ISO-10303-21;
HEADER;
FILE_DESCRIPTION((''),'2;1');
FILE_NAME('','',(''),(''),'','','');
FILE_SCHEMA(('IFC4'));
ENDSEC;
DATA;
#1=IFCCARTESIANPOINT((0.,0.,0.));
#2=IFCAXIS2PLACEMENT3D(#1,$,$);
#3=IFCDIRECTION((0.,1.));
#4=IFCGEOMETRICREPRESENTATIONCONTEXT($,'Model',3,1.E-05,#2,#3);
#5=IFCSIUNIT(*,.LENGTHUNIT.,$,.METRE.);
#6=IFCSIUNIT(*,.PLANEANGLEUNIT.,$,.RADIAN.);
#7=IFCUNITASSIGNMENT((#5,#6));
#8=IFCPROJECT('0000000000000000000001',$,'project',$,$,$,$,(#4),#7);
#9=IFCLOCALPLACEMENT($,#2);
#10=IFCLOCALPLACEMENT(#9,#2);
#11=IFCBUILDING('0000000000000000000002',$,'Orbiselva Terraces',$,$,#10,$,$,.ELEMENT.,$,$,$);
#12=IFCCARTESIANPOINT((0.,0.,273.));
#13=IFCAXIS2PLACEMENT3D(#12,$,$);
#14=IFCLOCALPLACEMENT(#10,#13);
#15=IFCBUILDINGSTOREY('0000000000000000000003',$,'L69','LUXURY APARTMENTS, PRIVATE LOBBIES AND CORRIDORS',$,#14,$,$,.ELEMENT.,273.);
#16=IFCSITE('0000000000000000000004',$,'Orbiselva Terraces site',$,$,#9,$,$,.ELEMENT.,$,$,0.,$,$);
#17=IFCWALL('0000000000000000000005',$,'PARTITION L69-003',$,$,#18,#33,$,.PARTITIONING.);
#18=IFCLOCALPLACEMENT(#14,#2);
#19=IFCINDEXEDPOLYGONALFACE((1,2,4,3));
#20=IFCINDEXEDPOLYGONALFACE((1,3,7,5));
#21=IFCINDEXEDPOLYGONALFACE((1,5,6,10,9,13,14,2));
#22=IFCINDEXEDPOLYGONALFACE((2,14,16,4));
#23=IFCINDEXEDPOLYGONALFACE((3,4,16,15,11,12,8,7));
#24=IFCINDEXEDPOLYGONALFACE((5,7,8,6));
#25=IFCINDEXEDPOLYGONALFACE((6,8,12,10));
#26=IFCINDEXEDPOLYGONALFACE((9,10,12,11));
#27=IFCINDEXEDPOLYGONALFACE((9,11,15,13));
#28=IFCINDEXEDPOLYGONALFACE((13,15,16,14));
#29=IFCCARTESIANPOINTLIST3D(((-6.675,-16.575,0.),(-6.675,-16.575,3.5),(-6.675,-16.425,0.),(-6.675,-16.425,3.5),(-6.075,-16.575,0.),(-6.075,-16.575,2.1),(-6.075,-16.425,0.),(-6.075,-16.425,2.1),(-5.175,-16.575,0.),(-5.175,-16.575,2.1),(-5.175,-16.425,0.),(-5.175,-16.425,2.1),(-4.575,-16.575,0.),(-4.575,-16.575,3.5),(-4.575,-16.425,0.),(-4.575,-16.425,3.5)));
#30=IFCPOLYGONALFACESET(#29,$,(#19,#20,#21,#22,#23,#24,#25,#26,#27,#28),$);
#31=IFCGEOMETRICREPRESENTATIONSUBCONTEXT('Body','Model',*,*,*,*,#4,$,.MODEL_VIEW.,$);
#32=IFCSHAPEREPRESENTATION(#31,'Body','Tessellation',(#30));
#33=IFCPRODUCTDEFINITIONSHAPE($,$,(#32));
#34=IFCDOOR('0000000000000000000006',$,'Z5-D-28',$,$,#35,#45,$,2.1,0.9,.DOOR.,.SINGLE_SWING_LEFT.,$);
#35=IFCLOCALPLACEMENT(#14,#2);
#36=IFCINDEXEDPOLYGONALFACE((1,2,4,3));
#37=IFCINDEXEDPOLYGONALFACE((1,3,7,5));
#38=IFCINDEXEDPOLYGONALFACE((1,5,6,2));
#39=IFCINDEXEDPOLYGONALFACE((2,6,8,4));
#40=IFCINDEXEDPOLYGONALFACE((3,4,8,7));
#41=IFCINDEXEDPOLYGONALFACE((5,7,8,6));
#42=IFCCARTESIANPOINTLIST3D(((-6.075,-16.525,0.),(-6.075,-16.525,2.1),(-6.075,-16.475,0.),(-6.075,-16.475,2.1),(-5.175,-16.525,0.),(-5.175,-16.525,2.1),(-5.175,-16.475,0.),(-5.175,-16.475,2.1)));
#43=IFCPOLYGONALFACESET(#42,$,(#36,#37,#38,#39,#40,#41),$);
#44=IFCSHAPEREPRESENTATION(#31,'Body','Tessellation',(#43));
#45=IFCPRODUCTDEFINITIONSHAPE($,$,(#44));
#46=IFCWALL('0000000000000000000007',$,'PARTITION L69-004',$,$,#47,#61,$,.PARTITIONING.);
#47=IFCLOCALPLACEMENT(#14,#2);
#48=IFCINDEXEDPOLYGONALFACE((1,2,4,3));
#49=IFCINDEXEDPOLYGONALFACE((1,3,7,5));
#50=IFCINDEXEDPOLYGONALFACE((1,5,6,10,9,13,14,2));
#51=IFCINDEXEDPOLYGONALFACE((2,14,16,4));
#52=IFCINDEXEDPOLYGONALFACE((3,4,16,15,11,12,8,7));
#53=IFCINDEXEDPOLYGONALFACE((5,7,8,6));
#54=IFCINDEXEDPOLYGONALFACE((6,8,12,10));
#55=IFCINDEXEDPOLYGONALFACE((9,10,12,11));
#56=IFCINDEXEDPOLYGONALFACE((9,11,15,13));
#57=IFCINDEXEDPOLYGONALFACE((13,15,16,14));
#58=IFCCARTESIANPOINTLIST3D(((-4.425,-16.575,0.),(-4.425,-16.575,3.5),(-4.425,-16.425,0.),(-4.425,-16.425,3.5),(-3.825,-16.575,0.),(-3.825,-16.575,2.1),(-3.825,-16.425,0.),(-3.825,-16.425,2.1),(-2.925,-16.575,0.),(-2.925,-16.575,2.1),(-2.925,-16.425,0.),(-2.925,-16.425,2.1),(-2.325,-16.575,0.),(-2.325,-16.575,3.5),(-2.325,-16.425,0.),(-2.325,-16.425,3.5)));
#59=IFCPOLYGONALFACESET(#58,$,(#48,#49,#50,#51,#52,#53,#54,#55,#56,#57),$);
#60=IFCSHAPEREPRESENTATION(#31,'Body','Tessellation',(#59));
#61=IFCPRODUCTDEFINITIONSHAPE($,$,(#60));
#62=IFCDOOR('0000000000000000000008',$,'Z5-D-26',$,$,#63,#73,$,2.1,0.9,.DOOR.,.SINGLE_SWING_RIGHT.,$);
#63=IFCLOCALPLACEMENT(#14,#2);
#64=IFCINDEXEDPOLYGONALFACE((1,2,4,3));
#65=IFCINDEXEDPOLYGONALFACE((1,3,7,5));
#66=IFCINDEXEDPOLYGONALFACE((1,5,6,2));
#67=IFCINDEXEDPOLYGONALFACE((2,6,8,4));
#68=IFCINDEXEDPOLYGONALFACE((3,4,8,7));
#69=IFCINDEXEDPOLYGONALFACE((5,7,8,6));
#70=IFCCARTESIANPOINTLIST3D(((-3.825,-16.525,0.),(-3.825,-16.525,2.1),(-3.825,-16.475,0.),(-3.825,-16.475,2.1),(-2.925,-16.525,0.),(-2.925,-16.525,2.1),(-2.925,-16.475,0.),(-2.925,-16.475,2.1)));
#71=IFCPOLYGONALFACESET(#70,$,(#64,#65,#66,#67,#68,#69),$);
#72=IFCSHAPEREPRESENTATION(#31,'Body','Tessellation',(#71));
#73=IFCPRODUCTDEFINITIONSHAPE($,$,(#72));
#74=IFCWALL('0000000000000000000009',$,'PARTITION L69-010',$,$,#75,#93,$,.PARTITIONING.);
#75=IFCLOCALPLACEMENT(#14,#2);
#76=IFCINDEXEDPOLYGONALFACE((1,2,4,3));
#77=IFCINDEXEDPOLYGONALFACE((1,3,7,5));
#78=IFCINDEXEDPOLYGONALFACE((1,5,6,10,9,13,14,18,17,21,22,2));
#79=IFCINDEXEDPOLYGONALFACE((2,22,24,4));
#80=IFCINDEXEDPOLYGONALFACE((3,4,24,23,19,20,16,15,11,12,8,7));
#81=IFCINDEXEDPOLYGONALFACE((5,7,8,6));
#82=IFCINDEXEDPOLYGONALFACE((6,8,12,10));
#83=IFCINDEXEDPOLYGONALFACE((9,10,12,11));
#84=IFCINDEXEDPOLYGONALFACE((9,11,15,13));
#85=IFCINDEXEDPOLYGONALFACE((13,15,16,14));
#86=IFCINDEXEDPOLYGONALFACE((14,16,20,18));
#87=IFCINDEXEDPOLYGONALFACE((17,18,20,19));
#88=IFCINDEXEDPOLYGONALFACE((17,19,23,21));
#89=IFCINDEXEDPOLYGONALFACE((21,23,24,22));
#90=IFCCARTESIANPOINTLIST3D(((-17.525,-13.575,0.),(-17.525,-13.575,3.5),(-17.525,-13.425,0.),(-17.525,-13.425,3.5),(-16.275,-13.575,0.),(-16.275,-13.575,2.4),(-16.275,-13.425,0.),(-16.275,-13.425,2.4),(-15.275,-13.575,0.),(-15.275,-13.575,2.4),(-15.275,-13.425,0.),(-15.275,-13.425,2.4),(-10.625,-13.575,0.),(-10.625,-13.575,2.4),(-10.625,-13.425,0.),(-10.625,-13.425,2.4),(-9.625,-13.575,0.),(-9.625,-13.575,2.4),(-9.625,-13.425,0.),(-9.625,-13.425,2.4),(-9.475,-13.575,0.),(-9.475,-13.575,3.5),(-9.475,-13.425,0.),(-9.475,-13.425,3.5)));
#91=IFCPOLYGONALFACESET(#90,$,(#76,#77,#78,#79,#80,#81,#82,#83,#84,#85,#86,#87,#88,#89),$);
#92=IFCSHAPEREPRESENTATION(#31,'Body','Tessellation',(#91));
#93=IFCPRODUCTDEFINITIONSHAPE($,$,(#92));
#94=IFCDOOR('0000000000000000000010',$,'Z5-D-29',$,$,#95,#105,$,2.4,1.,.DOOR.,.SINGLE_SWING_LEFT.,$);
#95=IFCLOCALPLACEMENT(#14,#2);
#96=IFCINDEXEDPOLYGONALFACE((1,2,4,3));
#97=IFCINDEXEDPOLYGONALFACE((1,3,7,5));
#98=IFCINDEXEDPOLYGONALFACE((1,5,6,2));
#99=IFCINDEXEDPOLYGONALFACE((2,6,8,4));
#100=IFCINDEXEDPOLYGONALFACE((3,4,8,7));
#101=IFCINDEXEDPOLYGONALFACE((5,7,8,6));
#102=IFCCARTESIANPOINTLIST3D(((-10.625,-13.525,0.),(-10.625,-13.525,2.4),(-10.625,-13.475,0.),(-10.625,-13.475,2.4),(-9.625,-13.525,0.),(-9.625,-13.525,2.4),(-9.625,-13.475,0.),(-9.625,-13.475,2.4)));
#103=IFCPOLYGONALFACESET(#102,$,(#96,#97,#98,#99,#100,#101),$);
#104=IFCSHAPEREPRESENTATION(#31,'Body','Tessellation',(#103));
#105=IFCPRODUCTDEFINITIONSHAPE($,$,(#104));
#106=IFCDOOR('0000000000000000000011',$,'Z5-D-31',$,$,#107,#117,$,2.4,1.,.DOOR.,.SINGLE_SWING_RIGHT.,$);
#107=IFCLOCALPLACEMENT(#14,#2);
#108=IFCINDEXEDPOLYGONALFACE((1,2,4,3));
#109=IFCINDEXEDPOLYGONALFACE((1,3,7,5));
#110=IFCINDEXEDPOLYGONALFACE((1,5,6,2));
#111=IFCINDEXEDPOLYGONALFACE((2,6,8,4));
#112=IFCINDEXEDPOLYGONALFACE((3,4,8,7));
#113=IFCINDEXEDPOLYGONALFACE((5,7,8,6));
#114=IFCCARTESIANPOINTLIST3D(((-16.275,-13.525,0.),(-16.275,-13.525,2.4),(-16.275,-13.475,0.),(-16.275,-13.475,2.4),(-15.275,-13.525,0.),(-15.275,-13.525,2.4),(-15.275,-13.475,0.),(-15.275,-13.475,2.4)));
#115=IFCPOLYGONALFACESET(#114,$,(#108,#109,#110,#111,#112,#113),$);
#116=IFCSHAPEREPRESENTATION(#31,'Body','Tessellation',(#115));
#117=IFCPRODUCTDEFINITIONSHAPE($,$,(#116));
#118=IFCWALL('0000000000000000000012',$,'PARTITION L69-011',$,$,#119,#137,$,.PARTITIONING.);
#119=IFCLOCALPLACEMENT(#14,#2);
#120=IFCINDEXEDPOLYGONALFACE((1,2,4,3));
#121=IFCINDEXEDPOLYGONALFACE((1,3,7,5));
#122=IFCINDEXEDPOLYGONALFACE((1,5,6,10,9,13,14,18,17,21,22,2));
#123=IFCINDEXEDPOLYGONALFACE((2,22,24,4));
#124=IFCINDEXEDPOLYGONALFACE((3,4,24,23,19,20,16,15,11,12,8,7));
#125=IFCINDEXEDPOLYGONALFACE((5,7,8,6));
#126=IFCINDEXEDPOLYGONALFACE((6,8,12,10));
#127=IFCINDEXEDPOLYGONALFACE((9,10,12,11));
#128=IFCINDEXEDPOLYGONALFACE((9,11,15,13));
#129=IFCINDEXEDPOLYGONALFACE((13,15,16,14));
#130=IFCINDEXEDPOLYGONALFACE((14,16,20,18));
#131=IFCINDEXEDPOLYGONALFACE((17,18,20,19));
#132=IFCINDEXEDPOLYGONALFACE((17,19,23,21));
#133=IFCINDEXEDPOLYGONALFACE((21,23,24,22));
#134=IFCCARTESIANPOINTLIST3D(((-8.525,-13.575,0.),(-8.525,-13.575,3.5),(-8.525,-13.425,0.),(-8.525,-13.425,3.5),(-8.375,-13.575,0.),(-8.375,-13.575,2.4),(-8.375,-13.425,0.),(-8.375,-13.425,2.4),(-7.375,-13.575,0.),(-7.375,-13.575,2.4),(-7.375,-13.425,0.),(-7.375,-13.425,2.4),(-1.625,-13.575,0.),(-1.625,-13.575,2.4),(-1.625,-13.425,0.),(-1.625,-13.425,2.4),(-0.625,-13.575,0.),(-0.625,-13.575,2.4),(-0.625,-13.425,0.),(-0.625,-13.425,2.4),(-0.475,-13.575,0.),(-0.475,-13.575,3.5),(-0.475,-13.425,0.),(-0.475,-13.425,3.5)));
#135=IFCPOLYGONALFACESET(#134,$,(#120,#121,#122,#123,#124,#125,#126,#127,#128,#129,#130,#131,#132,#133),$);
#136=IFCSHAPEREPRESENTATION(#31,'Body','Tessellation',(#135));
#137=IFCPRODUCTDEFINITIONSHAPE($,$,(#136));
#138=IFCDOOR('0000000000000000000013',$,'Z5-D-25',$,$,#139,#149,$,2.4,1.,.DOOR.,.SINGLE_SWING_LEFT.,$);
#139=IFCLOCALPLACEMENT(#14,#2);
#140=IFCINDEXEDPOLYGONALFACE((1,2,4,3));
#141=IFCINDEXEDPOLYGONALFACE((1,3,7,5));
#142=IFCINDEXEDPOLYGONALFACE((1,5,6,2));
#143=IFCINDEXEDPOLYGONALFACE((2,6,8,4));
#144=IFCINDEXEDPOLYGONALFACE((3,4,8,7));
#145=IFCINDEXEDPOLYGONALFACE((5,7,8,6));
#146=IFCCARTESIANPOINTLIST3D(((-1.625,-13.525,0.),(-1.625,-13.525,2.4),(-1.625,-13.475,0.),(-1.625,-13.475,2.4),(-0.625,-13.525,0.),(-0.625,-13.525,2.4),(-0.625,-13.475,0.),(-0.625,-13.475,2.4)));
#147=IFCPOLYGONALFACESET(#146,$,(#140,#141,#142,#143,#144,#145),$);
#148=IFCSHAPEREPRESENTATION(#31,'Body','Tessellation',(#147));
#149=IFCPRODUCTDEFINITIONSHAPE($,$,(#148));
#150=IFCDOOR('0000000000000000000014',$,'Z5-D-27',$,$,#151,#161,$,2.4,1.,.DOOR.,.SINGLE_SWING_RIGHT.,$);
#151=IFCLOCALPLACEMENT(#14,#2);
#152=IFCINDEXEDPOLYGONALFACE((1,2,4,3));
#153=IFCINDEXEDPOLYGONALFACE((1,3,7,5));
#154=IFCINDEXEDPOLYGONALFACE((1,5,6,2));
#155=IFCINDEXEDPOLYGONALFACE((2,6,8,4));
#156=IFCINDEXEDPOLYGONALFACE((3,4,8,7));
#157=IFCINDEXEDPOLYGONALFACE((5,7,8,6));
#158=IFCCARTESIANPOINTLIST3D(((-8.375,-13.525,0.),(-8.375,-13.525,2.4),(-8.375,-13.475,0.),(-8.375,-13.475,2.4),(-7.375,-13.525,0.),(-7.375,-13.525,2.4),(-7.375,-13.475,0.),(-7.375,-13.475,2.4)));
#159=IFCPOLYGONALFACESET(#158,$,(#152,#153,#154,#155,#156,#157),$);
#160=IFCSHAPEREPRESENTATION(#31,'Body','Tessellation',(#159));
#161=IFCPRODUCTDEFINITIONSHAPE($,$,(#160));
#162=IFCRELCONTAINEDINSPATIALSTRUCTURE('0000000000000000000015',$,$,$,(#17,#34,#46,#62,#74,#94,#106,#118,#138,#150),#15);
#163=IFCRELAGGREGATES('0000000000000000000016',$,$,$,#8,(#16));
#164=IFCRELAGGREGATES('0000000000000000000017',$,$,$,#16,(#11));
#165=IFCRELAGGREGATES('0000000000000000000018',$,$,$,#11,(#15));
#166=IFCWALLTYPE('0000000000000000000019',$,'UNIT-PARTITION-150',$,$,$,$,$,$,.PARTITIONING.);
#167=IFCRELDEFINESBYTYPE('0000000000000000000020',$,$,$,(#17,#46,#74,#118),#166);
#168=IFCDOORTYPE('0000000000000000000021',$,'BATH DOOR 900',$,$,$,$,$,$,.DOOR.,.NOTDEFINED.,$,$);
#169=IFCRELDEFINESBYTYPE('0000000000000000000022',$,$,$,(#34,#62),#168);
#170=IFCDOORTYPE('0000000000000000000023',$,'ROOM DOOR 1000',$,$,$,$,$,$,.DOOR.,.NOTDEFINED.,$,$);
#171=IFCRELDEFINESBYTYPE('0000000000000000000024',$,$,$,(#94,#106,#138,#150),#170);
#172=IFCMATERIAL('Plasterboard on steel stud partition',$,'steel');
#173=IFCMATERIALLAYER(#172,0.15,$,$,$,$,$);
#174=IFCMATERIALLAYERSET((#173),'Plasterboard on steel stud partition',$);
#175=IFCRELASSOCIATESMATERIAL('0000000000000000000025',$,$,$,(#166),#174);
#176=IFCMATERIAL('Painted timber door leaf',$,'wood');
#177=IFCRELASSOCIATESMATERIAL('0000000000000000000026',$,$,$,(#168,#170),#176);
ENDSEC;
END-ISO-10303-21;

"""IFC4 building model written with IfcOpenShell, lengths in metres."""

from ifc_helpers import new_model, si_unit, direction, frame, frame_2d, origin, place, context, subcontext, project, spatial, rectangle, extrude, material, layer, layer_set, type_object, element, fill, save


model = new_model("IFC4")

# Units and contexts
model_context = context("Model", 3, precision=1e-05, world=origin(), true_north=direction((0.0, 1.0)))
body_context = subcontext(model_context, "Body", "Model", "MODEL_VIEW")
ifc_project = project(units=[si_unit("LENGTHUNIT", "METRE"), si_unit("PLANEANGLEUNIT", "RADIAN")], contexts=[model_context])

# Site, building, storey
site_placement = place(None, origin())
site = spatial("IfcSite", under=ifc_project, at=site_placement, Name="Orbiselva Terraces site", CompositionType="ELEMENT", RefElevation=0.0)
building_placement = place(site_placement, origin())
building = spatial("IfcBuilding", under=site, at=building_placement, Name="Orbiselva Terraces", CompositionType="ELEMENT")
storey_placement = place(building_placement, frame((0.0, 0.0, 273.0)))
storey = spatial("IfcBuildingStorey", under=building, at=storey_placement, Name="L69", Description="LUXURY APARTMENTS, PRIVATE LOBBIES AND CORRIDORS", CompositionType="ELEMENT", Elevation=273.0)

# Walls, openings, doors
ifc_material_1 = material(Name="Plasterboard on steel stud partition", Category="steel")
ifc_layer_1 = layer(ifc_material_1, 0.15)
ifc_layer_set_1 = layer_set([ifc_layer_1], Name="Plasterboard on steel stud partition")
wall_type_1 = type_object("IfcWallType", Name="UNIT-PARTITION-150", PredefinedType="PARTITIONING", material=ifc_layer_set_1)
wall_1_placement = place(storey_placement, frame((-6.675, -16.5, 0.0), z_axis=(0.0, 0.0, 1.0), x_axis=(1.0, 0.0, 0.0)))
wall_1 = element("IfcWall", 1, at=wall_1_placement, inside=storey, type_object=wall_type_1, Name="PARTITION L69-003", PredefinedType="PARTITIONING", context=body_context, shape_type="SweptSolid", body=[
    extrude(rectangle(XDim=2.1, YDim=0.15, at=frame_2d((1.05, 0.0))), origin(), (0.0, 0.0, 1.0), 3.5),
])
opening_1_placement = place(wall_1_placement, frame((0.6, 0.0, 0.0)))
opening_1 = element("IfcOpeningElement", 2, at=opening_1_placement, cuts=wall_1, PredefinedType="OPENING", context=body_context, shape_type="SweptSolid", body=[
    extrude(rectangle(XDim=0.9, YDim=2.1, at=frame_2d((0.45, 1.05))), frame((0.0, 0.085, 0.0), z_axis=(0.0, -1.0, 0.0), x_axis=(1.0, 0.0, 0.0)), (0.0, 0.0, 1.0), 0.17),
])
ifc_material_2 = material(Name="Painted timber door leaf", Category="wood")
door_type_1 = type_object("IfcDoorType", Name="BATH DOOR 900", OperationType="NOTDEFINED", PredefinedType="DOOR", material=ifc_material_2)
door_1_placement = place(opening_1_placement, origin())
door_1 = element("IfcDoor", 3, at=door_1_placement, inside=storey, type_object=door_type_1, Name="Z5-D-28", OperationType="SINGLE_SWING_LEFT", OverallHeight=2.1, OverallWidth=0.9, PredefinedType="DOOR", context=body_context, shape_type="SweptSolid", body=[
    extrude(rectangle(XDim=0.9, YDim=2.1, at=frame_2d((0.45, 1.05))), frame((0.0, 0.025, 0.0), z_axis=(0.0, -1.0, 0.0), x_axis=(1.0, 0.0, 0.0)), (0.0, 0.0, 1.0), 0.05),
])
fill(opening_1, door_1)
wall_2_placement = place(storey_placement, frame((-4.425, -16.5, 0.0), z_axis=(0.0, 0.0, 1.0), x_axis=(1.0, 0.0, 0.0)))
wall_2 = element("IfcWall", 4, at=wall_2_placement, inside=storey, type_object=wall_type_1, Name="PARTITION L69-004", PredefinedType="PARTITIONING", context=body_context, shape_type="SweptSolid", body=[
    extrude(rectangle(XDim=2.1, YDim=0.15, at=frame_2d((1.05, 0.0))), origin(), (0.0, 0.0, 1.0), 3.5),
])
opening_2_placement = place(wall_2_placement, frame((0.6, 0.0, 0.0)))
opening_2 = element("IfcOpeningElement", 5, at=opening_2_placement, cuts=wall_2, PredefinedType="OPENING", context=body_context, shape_type="SweptSolid", body=[
    extrude(rectangle(XDim=0.9, YDim=2.1, at=frame_2d((0.45, 1.05))), frame((0.0, 0.085, 0.0), z_axis=(0.0, -1.0, 0.0), x_axis=(1.0, 0.0, 0.0)), (0.0, 0.0, 1.0), 0.17),
])
door_2_placement = place(opening_2_placement, origin())
door_2 = element("IfcDoor", 6, at=door_2_placement, inside=storey, type_object=door_type_1, Name="Z5-D-26", OperationType="SINGLE_SWING_RIGHT", OverallHeight=2.1, OverallWidth=0.9, PredefinedType="DOOR", context=body_context, shape_type="SweptSolid", body=[
    extrude(rectangle(XDim=0.9, YDim=2.1, at=frame_2d((0.45, 1.05))), frame((0.0, 0.025, 0.0), z_axis=(0.0, -1.0, 0.0), x_axis=(1.0, 0.0, 0.0)), (0.0, 0.0, 1.0), 0.05),
])
fill(opening_2, door_2)

# Walls, openings, doors
wall_3_placement = place(storey_placement, frame((-9.475, -13.5, 0.0), z_axis=(0.0, 0.0, 1.0), x_axis=(-1.0, 0.0, 0.0)))
wall_3 = element("IfcWall", 7, at=wall_3_placement, inside=storey, type_object=wall_type_1, Name="PARTITION L69-010", PredefinedType="PARTITIONING", context=body_context, shape_type="SweptSolid", body=[
    extrude(rectangle(XDim=8.05, YDim=0.15, at=frame_2d((4.025, 0.0))), origin(), (0.0, 0.0, 1.0), 3.5),
])
opening_3_placement = place(wall_3_placement, frame((0.15, 0.0, 0.0)))
opening_3 = element("IfcOpeningElement", 8, at=opening_3_placement, cuts=wall_3, PredefinedType="OPENING", context=body_context, shape_type="SweptSolid", body=[
    extrude(rectangle(XDim=1.0, YDim=2.4, at=frame_2d((0.5, 1.2))), frame((0.0, 0.085, 0.0), z_axis=(0.0, -1.0, 0.0), x_axis=(1.0, 0.0, 0.0)), (0.0, 0.0, 1.0), 0.17),
])
opening_4_placement = place(wall_3_placement, frame((5.8, 0.0, 0.0)))
opening_4 = element("IfcOpeningElement", 9, at=opening_4_placement, cuts=wall_3, PredefinedType="OPENING", context=body_context, shape_type="SweptSolid", body=[
    extrude(rectangle(XDim=1.0, YDim=2.4, at=frame_2d((0.5, 1.2))), frame((0.0, 0.085, 0.0), z_axis=(0.0, -1.0, 0.0), x_axis=(1.0, 0.0, 0.0)), (0.0, 0.0, 1.0), 0.17),
])
door_type_2 = type_object("IfcDoorType", Name="ROOM DOOR 1000", OperationType="NOTDEFINED", PredefinedType="DOOR", material=ifc_material_2)
door_3_placement = place(opening_3_placement, origin())
door_3 = element("IfcDoor", 10, at=door_3_placement, inside=storey, type_object=door_type_2, Name="Z5-D-29", OperationType="SINGLE_SWING_LEFT", OverallHeight=2.4, OverallWidth=1.0, PredefinedType="DOOR", context=body_context, shape_type="SweptSolid", body=[
    extrude(rectangle(XDim=1.0, YDim=2.4, at=frame_2d((0.5, 1.2))), frame((0.0, 0.025, 0.0), z_axis=(0.0, -1.0, 0.0), x_axis=(1.0, 0.0, 0.0)), (0.0, 0.0, 1.0), 0.05),
])
fill(opening_3, door_3)
door_4_placement = place(opening_4_placement, origin())
door_4 = element("IfcDoor", 11, at=door_4_placement, inside=storey, type_object=door_type_2, Name="Z5-D-31", OperationType="SINGLE_SWING_RIGHT", OverallHeight=2.4, OverallWidth=1.0, PredefinedType="DOOR", context=body_context, shape_type="SweptSolid", body=[
    extrude(rectangle(XDim=1.0, YDim=2.4, at=frame_2d((0.5, 1.2))), frame((0.0, 0.025, 0.0), z_axis=(0.0, -1.0, 0.0), x_axis=(1.0, 0.0, 0.0)), (0.0, 0.0, 1.0), 0.05),
])
fill(opening_4, door_4)
wall_4_placement = place(storey_placement, frame((-0.475, -13.5, 0.0), z_axis=(0.0, 0.0, 1.0), x_axis=(-1.0, 0.0, 0.0)))
wall_4 = element("IfcWall", 12, at=wall_4_placement, inside=storey, type_object=wall_type_1, Name="PARTITION L69-011", PredefinedType="PARTITIONING", context=body_context, shape_type="SweptSolid", body=[
    extrude(rectangle(XDim=8.05, YDim=0.15, at=frame_2d((4.025, 0.0))), origin(), (0.0, 0.0, 1.0), 3.5),
])
opening_5_placement = place(wall_4_placement, frame((0.15, 0.0, 0.0)))
opening_5 = element("IfcOpeningElement", 13, at=opening_5_placement, cuts=wall_4, PredefinedType="OPENING", context=body_context, shape_type="SweptSolid", body=[
    extrude(rectangle(XDim=1.0, YDim=2.4, at=frame_2d((0.5, 1.2))), frame((0.0, 0.085, 0.0), z_axis=(0.0, -1.0, 0.0), x_axis=(1.0, 0.0, 0.0)), (0.0, 0.0, 1.0), 0.17),
])
opening_6_placement = place(wall_4_placement, frame((6.9, 0.0, 0.0)))
opening_6 = element("IfcOpeningElement", 14, at=opening_6_placement, cuts=wall_4, PredefinedType="OPENING", context=body_context, shape_type="SweptSolid", body=[
    extrude(rectangle(XDim=1.0, YDim=2.4, at=frame_2d((0.5, 1.2))), frame((0.0, 0.085, 0.0), z_axis=(0.0, -1.0, 0.0), x_axis=(1.0, 0.0, 0.0)), (0.0, 0.0, 1.0), 0.17),
])
door_5_placement = place(opening_5_placement, origin())
door_5 = element("IfcDoor", 15, at=door_5_placement, inside=storey, type_object=door_type_2, Name="Z5-D-25", OperationType="SINGLE_SWING_LEFT", OverallHeight=2.4, OverallWidth=1.0, PredefinedType="DOOR", context=body_context, shape_type="SweptSolid", body=[
    extrude(rectangle(XDim=1.0, YDim=2.4, at=frame_2d((0.5, 1.2))), frame((0.0, 0.025, 0.0), z_axis=(0.0, -1.0, 0.0), x_axis=(1.0, 0.0, 0.0)), (0.0, 0.0, 1.0), 0.05),
])
fill(opening_5, door_5)
door_6_placement = place(opening_6_placement, origin())
door_6 = element("IfcDoor", 16, at=door_6_placement, inside=storey, type_object=door_type_2, Name="Z5-D-27", OperationType="SINGLE_SWING_RIGHT", OverallHeight=2.4, OverallWidth=1.0, PredefinedType="DOOR", context=body_context, shape_type="SweptSolid", body=[
    extrude(rectangle(XDim=1.0, YDim=2.4, at=frame_2d((0.5, 1.2))), frame((0.0, 0.025, 0.0), z_axis=(0.0, -1.0, 0.0), x_axis=(1.0, 0.0, 0.0)), (0.0, 0.0, 1.0), 0.05),
])
fill(opening_6, door_6)

save(model, "model.ifc")
